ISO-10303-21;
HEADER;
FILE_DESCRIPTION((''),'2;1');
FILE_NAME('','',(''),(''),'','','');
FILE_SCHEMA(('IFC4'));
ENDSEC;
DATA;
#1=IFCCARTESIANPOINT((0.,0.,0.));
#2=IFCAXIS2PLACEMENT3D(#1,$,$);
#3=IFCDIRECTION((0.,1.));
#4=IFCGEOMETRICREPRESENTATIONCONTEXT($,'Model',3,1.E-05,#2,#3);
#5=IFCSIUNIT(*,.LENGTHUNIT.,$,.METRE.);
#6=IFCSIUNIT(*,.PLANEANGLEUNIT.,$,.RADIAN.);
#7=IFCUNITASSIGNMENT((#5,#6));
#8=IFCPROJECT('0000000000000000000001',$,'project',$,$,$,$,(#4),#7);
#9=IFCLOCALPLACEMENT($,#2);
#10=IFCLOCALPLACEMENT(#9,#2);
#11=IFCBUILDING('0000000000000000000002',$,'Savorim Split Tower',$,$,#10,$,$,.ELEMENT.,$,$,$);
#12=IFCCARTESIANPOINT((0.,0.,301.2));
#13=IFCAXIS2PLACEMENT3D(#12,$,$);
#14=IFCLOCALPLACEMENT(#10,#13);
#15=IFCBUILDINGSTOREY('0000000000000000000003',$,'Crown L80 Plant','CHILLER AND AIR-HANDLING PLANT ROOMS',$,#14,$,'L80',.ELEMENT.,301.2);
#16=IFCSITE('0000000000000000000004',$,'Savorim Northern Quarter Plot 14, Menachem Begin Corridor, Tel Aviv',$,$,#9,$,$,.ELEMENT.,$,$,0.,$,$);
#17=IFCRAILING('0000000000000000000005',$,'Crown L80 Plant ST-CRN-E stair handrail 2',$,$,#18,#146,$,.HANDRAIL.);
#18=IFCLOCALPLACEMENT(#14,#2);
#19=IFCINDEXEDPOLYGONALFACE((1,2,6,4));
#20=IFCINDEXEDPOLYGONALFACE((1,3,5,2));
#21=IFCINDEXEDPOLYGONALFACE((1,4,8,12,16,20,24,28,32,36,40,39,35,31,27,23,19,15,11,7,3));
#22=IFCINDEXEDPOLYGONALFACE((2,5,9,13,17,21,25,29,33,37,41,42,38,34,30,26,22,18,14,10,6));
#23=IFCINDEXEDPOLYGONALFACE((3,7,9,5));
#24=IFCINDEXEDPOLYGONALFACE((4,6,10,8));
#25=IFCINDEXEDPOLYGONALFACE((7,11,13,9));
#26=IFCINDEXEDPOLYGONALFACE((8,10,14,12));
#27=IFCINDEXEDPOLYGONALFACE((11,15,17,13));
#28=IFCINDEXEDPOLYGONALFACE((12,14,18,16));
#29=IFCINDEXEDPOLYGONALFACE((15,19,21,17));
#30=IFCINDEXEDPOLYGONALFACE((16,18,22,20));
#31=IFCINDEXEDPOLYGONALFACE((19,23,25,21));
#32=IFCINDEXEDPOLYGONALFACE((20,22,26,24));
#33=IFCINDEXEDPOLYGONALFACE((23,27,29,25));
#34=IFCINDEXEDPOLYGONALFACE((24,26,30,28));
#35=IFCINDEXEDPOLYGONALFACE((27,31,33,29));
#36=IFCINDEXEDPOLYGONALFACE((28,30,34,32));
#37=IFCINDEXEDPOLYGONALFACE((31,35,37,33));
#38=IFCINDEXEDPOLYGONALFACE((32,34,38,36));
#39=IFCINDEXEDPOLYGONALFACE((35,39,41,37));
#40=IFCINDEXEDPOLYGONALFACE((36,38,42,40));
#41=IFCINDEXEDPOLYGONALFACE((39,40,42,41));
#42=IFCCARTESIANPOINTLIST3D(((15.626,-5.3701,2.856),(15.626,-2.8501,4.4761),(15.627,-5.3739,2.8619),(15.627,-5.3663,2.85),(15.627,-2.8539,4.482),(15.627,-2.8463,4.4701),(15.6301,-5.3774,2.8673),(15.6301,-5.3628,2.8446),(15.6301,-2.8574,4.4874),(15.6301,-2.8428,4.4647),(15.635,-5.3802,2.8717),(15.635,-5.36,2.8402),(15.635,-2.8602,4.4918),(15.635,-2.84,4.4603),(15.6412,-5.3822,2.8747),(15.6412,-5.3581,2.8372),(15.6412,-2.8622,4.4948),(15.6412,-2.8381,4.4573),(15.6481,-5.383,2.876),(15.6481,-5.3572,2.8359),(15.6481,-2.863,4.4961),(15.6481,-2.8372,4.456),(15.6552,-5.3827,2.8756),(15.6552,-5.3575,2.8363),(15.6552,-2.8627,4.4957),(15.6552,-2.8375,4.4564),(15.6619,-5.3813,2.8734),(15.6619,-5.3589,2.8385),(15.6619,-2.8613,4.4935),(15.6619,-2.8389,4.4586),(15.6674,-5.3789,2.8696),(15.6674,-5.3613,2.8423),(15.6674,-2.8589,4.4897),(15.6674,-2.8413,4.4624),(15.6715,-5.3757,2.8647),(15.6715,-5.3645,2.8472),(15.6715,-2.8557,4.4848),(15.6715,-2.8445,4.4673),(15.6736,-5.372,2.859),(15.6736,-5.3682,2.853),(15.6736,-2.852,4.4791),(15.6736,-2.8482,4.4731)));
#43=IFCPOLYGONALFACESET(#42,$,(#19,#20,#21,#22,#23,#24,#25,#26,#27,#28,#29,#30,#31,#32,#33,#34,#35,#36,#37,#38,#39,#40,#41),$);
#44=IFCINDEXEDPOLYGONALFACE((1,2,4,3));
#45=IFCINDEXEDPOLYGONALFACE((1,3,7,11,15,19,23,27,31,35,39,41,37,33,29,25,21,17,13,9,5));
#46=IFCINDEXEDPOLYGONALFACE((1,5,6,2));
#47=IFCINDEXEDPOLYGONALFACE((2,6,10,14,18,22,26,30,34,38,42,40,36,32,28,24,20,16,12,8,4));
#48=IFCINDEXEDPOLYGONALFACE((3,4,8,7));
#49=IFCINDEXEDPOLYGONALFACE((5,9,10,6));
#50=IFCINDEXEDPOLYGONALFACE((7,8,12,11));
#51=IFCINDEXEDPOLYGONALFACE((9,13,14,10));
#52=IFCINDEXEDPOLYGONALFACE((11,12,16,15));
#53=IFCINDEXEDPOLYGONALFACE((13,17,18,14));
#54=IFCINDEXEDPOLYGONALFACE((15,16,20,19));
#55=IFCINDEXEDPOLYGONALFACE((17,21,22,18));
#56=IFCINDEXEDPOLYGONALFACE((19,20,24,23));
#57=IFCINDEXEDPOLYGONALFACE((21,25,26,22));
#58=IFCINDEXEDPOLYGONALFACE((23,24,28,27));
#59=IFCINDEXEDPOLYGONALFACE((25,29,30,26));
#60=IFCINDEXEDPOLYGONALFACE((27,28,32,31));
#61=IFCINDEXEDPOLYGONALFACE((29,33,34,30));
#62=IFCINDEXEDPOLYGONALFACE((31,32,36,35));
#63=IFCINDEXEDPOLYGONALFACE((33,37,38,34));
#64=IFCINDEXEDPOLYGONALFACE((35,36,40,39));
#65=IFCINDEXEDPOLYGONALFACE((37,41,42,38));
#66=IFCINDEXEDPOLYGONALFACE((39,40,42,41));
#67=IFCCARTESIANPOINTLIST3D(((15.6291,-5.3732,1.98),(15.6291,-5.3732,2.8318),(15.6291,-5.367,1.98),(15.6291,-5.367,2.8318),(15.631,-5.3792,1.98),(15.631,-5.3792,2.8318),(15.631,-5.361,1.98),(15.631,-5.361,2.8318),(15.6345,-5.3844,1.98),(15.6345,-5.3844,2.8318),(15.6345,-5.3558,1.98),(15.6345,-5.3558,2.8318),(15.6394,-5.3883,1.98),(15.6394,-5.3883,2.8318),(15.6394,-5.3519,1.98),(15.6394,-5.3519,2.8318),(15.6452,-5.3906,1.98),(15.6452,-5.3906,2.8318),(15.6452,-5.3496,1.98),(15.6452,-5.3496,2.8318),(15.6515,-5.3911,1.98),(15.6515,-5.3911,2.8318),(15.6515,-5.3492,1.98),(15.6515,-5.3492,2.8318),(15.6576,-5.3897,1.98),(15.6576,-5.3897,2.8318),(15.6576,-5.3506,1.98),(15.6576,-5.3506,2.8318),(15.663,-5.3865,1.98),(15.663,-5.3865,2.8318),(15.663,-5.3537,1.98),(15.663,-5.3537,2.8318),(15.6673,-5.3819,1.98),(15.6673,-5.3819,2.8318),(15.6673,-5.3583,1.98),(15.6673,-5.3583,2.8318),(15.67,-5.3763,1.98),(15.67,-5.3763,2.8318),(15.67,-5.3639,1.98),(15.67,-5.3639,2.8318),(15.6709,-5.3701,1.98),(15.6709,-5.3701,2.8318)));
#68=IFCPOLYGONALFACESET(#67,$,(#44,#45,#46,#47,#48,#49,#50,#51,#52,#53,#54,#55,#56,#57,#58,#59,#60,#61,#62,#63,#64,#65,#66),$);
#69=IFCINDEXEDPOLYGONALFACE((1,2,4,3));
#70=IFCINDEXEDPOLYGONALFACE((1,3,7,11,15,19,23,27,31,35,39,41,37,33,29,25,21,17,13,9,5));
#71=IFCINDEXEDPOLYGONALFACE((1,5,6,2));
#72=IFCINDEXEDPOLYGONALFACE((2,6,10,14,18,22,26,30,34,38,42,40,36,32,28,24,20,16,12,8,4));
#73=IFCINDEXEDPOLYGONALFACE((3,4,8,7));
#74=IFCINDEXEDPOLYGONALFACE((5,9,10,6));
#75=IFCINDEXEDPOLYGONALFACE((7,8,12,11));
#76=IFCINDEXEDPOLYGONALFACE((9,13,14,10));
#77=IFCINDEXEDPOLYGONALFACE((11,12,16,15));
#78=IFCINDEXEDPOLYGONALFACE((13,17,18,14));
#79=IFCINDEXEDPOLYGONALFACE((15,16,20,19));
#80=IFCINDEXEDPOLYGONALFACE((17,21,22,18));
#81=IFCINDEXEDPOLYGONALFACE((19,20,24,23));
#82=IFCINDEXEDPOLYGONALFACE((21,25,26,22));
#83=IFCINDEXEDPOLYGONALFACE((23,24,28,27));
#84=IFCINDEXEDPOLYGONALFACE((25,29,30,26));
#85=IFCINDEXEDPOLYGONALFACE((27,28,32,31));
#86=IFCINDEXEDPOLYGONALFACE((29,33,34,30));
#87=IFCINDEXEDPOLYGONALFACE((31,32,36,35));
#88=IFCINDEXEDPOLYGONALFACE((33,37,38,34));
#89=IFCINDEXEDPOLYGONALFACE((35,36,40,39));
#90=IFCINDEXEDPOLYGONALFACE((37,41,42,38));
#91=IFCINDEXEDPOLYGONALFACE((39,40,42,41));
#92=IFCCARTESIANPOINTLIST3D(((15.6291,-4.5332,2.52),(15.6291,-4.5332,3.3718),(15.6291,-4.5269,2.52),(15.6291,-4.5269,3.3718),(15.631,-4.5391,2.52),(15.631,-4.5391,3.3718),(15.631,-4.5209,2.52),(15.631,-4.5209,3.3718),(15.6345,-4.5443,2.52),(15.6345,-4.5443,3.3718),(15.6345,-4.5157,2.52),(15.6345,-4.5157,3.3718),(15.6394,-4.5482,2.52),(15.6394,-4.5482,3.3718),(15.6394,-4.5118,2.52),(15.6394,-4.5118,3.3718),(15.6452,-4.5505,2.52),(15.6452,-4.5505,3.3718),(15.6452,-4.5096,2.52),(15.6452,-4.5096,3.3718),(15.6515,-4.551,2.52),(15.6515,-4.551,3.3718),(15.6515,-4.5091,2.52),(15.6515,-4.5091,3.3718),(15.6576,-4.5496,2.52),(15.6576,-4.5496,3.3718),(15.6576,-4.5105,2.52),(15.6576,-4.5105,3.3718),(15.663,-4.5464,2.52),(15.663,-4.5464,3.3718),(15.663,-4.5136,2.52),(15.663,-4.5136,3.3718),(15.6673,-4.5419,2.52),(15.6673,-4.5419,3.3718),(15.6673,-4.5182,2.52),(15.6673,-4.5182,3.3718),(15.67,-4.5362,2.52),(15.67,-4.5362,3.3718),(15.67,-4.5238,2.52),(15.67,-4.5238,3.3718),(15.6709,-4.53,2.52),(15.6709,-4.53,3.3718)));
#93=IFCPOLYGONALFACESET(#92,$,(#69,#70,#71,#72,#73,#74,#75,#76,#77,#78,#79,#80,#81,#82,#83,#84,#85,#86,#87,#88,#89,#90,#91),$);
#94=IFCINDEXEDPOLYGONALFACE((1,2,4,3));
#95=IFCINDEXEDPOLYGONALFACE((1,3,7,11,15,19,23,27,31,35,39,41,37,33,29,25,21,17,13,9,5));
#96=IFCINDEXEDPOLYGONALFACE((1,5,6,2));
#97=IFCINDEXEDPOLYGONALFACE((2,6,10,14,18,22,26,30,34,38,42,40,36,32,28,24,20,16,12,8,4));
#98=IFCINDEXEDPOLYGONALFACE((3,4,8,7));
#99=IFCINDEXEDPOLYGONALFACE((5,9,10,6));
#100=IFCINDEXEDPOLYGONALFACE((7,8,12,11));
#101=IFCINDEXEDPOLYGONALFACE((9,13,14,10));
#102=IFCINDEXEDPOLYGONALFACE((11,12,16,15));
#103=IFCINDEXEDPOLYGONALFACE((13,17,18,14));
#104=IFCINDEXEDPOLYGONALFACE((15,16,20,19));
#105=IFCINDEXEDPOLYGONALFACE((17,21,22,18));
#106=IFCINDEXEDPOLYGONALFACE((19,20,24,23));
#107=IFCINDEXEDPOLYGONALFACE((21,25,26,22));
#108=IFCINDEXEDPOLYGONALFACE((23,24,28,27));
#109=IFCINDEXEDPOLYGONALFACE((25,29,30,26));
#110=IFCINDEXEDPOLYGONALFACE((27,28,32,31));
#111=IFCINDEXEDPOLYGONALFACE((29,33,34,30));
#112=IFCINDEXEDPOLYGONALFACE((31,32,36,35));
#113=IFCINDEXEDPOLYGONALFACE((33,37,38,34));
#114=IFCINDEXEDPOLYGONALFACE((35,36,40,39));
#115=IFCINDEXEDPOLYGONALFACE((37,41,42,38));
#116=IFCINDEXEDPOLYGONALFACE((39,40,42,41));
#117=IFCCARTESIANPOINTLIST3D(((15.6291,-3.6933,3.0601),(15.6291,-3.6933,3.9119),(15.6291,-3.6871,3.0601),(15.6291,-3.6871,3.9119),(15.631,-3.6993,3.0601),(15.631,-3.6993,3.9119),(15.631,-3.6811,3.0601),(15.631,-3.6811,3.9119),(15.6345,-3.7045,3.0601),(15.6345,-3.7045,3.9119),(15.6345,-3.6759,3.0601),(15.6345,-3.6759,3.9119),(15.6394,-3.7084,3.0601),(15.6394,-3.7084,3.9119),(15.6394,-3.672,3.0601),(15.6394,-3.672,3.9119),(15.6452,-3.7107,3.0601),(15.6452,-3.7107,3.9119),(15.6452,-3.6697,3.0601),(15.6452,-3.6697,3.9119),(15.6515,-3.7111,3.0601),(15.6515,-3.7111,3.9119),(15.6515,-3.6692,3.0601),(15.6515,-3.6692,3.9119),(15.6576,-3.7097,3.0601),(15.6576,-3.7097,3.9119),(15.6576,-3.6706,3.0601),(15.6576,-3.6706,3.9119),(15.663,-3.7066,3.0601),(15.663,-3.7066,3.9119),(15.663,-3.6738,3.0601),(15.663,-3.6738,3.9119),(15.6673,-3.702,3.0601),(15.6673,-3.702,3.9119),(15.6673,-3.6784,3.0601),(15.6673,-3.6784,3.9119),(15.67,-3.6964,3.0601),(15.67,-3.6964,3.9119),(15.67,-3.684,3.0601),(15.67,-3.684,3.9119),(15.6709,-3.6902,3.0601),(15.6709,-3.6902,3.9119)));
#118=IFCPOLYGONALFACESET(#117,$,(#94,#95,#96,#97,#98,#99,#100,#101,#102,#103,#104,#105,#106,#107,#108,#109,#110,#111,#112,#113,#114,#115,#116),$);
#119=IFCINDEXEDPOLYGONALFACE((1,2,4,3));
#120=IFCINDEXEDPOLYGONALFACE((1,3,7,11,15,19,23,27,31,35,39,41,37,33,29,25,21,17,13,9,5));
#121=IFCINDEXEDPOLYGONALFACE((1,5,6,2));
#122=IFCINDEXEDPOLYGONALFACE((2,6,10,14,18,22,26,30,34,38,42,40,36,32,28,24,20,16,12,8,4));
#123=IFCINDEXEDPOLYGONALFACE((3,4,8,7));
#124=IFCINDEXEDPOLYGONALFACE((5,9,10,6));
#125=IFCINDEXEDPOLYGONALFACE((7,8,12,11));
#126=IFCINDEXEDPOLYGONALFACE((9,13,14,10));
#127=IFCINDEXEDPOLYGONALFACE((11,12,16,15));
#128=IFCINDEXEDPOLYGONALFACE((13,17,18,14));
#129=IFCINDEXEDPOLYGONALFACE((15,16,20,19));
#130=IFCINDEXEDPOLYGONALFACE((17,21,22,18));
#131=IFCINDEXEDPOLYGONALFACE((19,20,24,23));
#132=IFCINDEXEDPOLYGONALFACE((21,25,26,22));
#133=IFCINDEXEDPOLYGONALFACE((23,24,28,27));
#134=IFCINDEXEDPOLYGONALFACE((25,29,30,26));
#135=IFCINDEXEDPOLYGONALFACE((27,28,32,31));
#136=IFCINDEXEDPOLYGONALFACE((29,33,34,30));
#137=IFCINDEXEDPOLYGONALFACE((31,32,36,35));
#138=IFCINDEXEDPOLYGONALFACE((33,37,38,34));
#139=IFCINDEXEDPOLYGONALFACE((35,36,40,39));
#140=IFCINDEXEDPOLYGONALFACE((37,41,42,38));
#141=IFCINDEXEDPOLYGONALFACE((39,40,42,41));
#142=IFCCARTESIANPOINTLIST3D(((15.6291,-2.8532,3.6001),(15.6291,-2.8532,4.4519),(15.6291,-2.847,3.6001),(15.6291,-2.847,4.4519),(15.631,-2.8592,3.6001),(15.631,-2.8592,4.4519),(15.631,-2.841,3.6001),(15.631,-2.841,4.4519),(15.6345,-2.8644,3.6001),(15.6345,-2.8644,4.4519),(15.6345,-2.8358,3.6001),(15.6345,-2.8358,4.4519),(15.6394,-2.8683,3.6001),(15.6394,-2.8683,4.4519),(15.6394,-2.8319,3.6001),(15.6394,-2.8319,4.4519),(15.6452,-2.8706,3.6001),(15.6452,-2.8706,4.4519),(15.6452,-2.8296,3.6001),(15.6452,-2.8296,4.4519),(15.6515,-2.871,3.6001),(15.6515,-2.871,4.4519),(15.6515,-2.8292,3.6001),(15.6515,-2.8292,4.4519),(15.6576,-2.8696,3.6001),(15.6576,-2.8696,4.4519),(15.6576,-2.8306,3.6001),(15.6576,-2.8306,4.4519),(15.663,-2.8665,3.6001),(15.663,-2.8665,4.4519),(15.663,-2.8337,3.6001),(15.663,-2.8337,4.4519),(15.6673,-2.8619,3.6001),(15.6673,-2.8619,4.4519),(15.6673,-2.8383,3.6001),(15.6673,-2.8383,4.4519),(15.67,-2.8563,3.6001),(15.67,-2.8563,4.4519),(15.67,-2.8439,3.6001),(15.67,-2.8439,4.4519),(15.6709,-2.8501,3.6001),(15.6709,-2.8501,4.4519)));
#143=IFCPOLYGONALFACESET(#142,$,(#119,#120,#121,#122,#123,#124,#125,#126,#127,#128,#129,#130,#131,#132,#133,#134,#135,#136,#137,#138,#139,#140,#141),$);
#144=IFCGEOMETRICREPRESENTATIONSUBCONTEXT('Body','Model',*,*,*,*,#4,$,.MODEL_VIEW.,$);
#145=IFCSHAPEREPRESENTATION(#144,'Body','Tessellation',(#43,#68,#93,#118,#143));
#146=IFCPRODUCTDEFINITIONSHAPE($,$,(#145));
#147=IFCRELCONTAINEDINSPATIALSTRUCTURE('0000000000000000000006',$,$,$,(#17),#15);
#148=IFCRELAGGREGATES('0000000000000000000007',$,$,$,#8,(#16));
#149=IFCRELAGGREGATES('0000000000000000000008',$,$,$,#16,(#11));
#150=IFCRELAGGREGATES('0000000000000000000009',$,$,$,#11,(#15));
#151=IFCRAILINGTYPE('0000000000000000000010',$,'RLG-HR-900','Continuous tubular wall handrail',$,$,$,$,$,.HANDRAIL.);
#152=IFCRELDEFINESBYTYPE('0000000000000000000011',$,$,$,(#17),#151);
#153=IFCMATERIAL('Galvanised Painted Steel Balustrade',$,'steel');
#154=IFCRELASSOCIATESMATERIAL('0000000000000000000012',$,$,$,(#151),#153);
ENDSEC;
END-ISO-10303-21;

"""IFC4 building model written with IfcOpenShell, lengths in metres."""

from ifc_helpers import new_model, si_unit, direction, frame, origin, origin_2d, place, context, subcontext, project, spatial, circle, extrude, material, type_object, element, save


model = new_model("IFC4")

# Units and contexts
model_context = context("Model", 3, precision=1e-05, world=origin(), true_north=direction((0.0, 1.0)))
body_context = subcontext(model_context, "Body", "Model", "MODEL_VIEW")
ifc_project = project(units=[si_unit("LENGTHUNIT", "METRE"), si_unit("PLANEANGLEUNIT", "RADIAN")], contexts=[model_context])

# Site, building, storey
site_placement = place(None, origin())
site = spatial("IfcSite", under=ifc_project, at=site_placement, Name="Savorim Northern Quarter Plot 14, Menachem Begin Corridor, Tel Aviv", CompositionType="ELEMENT", RefElevation=0.0)
building_placement = place(site_placement, origin())
building = spatial("IfcBuilding", under=site, at=building_placement, Name="Savorim Split Tower", CompositionType="ELEMENT")
storey_placement = place(building_placement, frame((0.0, 0.0, 301.2)))
storey = spatial("IfcBuildingStorey", under=building, at=storey_placement, Name="Crown L80 Plant", Description="CHILLER AND AIR-HANDLING PLANT ROOMS", LongName="L80", CompositionType="ELEMENT", Elevation=301.2)

# Railing
ifc_material_1 = material(Name="Galvanised Painted Steel Balustrade", Category="steel")
railing_type_1 = type_object("IfcRailingType", Name="RLG-HR-900", Description="Continuous tubular wall handrail", PredefinedType="HANDRAIL", material=ifc_material_1)
railing_1_placement = place(storey_placement, frame((15.6499, -5.3701, 1.98)))
element("IfcRailing", 1, at=railing_1_placement, inside=storey, type_object=railing_type_1, Name="Crown L80 Plant ST-CRN-E stair handrail 2", PredefinedType="HANDRAIL", context=body_context, shape_type="SweptSolid", body=[
    extrude(circle(Radius=0.0239, at=origin_2d()), frame((0.0, 0.0, 0.876), z_axis=(0.0, 0.841163, 0.540782), x_axis=(-1.0, 0.0, 0.0)), (0.0, 0.0, 1.0), 2.9958),
    extrude(circle(Radius=0.021, at=origin_2d()), origin(), (0.0, 0.0, 1.0), 0.8518),
    extrude(circle(Radius=0.021, at=origin_2d()), frame((0.0, 0.8401, 0.54)), (0.0, 0.0, 1.0), 0.8518),
    extrude(circle(Radius=0.021, at=origin_2d()), frame((0.0, 1.6799, 1.0801)), (0.0, 0.0, 1.0), 0.8518),
    extrude(circle(Radius=0.021, at=origin_2d()), frame((0.0, 2.52, 1.6201)), (0.0, 0.0, 1.0), 0.8518),
])

save(model, "model.ifc")
